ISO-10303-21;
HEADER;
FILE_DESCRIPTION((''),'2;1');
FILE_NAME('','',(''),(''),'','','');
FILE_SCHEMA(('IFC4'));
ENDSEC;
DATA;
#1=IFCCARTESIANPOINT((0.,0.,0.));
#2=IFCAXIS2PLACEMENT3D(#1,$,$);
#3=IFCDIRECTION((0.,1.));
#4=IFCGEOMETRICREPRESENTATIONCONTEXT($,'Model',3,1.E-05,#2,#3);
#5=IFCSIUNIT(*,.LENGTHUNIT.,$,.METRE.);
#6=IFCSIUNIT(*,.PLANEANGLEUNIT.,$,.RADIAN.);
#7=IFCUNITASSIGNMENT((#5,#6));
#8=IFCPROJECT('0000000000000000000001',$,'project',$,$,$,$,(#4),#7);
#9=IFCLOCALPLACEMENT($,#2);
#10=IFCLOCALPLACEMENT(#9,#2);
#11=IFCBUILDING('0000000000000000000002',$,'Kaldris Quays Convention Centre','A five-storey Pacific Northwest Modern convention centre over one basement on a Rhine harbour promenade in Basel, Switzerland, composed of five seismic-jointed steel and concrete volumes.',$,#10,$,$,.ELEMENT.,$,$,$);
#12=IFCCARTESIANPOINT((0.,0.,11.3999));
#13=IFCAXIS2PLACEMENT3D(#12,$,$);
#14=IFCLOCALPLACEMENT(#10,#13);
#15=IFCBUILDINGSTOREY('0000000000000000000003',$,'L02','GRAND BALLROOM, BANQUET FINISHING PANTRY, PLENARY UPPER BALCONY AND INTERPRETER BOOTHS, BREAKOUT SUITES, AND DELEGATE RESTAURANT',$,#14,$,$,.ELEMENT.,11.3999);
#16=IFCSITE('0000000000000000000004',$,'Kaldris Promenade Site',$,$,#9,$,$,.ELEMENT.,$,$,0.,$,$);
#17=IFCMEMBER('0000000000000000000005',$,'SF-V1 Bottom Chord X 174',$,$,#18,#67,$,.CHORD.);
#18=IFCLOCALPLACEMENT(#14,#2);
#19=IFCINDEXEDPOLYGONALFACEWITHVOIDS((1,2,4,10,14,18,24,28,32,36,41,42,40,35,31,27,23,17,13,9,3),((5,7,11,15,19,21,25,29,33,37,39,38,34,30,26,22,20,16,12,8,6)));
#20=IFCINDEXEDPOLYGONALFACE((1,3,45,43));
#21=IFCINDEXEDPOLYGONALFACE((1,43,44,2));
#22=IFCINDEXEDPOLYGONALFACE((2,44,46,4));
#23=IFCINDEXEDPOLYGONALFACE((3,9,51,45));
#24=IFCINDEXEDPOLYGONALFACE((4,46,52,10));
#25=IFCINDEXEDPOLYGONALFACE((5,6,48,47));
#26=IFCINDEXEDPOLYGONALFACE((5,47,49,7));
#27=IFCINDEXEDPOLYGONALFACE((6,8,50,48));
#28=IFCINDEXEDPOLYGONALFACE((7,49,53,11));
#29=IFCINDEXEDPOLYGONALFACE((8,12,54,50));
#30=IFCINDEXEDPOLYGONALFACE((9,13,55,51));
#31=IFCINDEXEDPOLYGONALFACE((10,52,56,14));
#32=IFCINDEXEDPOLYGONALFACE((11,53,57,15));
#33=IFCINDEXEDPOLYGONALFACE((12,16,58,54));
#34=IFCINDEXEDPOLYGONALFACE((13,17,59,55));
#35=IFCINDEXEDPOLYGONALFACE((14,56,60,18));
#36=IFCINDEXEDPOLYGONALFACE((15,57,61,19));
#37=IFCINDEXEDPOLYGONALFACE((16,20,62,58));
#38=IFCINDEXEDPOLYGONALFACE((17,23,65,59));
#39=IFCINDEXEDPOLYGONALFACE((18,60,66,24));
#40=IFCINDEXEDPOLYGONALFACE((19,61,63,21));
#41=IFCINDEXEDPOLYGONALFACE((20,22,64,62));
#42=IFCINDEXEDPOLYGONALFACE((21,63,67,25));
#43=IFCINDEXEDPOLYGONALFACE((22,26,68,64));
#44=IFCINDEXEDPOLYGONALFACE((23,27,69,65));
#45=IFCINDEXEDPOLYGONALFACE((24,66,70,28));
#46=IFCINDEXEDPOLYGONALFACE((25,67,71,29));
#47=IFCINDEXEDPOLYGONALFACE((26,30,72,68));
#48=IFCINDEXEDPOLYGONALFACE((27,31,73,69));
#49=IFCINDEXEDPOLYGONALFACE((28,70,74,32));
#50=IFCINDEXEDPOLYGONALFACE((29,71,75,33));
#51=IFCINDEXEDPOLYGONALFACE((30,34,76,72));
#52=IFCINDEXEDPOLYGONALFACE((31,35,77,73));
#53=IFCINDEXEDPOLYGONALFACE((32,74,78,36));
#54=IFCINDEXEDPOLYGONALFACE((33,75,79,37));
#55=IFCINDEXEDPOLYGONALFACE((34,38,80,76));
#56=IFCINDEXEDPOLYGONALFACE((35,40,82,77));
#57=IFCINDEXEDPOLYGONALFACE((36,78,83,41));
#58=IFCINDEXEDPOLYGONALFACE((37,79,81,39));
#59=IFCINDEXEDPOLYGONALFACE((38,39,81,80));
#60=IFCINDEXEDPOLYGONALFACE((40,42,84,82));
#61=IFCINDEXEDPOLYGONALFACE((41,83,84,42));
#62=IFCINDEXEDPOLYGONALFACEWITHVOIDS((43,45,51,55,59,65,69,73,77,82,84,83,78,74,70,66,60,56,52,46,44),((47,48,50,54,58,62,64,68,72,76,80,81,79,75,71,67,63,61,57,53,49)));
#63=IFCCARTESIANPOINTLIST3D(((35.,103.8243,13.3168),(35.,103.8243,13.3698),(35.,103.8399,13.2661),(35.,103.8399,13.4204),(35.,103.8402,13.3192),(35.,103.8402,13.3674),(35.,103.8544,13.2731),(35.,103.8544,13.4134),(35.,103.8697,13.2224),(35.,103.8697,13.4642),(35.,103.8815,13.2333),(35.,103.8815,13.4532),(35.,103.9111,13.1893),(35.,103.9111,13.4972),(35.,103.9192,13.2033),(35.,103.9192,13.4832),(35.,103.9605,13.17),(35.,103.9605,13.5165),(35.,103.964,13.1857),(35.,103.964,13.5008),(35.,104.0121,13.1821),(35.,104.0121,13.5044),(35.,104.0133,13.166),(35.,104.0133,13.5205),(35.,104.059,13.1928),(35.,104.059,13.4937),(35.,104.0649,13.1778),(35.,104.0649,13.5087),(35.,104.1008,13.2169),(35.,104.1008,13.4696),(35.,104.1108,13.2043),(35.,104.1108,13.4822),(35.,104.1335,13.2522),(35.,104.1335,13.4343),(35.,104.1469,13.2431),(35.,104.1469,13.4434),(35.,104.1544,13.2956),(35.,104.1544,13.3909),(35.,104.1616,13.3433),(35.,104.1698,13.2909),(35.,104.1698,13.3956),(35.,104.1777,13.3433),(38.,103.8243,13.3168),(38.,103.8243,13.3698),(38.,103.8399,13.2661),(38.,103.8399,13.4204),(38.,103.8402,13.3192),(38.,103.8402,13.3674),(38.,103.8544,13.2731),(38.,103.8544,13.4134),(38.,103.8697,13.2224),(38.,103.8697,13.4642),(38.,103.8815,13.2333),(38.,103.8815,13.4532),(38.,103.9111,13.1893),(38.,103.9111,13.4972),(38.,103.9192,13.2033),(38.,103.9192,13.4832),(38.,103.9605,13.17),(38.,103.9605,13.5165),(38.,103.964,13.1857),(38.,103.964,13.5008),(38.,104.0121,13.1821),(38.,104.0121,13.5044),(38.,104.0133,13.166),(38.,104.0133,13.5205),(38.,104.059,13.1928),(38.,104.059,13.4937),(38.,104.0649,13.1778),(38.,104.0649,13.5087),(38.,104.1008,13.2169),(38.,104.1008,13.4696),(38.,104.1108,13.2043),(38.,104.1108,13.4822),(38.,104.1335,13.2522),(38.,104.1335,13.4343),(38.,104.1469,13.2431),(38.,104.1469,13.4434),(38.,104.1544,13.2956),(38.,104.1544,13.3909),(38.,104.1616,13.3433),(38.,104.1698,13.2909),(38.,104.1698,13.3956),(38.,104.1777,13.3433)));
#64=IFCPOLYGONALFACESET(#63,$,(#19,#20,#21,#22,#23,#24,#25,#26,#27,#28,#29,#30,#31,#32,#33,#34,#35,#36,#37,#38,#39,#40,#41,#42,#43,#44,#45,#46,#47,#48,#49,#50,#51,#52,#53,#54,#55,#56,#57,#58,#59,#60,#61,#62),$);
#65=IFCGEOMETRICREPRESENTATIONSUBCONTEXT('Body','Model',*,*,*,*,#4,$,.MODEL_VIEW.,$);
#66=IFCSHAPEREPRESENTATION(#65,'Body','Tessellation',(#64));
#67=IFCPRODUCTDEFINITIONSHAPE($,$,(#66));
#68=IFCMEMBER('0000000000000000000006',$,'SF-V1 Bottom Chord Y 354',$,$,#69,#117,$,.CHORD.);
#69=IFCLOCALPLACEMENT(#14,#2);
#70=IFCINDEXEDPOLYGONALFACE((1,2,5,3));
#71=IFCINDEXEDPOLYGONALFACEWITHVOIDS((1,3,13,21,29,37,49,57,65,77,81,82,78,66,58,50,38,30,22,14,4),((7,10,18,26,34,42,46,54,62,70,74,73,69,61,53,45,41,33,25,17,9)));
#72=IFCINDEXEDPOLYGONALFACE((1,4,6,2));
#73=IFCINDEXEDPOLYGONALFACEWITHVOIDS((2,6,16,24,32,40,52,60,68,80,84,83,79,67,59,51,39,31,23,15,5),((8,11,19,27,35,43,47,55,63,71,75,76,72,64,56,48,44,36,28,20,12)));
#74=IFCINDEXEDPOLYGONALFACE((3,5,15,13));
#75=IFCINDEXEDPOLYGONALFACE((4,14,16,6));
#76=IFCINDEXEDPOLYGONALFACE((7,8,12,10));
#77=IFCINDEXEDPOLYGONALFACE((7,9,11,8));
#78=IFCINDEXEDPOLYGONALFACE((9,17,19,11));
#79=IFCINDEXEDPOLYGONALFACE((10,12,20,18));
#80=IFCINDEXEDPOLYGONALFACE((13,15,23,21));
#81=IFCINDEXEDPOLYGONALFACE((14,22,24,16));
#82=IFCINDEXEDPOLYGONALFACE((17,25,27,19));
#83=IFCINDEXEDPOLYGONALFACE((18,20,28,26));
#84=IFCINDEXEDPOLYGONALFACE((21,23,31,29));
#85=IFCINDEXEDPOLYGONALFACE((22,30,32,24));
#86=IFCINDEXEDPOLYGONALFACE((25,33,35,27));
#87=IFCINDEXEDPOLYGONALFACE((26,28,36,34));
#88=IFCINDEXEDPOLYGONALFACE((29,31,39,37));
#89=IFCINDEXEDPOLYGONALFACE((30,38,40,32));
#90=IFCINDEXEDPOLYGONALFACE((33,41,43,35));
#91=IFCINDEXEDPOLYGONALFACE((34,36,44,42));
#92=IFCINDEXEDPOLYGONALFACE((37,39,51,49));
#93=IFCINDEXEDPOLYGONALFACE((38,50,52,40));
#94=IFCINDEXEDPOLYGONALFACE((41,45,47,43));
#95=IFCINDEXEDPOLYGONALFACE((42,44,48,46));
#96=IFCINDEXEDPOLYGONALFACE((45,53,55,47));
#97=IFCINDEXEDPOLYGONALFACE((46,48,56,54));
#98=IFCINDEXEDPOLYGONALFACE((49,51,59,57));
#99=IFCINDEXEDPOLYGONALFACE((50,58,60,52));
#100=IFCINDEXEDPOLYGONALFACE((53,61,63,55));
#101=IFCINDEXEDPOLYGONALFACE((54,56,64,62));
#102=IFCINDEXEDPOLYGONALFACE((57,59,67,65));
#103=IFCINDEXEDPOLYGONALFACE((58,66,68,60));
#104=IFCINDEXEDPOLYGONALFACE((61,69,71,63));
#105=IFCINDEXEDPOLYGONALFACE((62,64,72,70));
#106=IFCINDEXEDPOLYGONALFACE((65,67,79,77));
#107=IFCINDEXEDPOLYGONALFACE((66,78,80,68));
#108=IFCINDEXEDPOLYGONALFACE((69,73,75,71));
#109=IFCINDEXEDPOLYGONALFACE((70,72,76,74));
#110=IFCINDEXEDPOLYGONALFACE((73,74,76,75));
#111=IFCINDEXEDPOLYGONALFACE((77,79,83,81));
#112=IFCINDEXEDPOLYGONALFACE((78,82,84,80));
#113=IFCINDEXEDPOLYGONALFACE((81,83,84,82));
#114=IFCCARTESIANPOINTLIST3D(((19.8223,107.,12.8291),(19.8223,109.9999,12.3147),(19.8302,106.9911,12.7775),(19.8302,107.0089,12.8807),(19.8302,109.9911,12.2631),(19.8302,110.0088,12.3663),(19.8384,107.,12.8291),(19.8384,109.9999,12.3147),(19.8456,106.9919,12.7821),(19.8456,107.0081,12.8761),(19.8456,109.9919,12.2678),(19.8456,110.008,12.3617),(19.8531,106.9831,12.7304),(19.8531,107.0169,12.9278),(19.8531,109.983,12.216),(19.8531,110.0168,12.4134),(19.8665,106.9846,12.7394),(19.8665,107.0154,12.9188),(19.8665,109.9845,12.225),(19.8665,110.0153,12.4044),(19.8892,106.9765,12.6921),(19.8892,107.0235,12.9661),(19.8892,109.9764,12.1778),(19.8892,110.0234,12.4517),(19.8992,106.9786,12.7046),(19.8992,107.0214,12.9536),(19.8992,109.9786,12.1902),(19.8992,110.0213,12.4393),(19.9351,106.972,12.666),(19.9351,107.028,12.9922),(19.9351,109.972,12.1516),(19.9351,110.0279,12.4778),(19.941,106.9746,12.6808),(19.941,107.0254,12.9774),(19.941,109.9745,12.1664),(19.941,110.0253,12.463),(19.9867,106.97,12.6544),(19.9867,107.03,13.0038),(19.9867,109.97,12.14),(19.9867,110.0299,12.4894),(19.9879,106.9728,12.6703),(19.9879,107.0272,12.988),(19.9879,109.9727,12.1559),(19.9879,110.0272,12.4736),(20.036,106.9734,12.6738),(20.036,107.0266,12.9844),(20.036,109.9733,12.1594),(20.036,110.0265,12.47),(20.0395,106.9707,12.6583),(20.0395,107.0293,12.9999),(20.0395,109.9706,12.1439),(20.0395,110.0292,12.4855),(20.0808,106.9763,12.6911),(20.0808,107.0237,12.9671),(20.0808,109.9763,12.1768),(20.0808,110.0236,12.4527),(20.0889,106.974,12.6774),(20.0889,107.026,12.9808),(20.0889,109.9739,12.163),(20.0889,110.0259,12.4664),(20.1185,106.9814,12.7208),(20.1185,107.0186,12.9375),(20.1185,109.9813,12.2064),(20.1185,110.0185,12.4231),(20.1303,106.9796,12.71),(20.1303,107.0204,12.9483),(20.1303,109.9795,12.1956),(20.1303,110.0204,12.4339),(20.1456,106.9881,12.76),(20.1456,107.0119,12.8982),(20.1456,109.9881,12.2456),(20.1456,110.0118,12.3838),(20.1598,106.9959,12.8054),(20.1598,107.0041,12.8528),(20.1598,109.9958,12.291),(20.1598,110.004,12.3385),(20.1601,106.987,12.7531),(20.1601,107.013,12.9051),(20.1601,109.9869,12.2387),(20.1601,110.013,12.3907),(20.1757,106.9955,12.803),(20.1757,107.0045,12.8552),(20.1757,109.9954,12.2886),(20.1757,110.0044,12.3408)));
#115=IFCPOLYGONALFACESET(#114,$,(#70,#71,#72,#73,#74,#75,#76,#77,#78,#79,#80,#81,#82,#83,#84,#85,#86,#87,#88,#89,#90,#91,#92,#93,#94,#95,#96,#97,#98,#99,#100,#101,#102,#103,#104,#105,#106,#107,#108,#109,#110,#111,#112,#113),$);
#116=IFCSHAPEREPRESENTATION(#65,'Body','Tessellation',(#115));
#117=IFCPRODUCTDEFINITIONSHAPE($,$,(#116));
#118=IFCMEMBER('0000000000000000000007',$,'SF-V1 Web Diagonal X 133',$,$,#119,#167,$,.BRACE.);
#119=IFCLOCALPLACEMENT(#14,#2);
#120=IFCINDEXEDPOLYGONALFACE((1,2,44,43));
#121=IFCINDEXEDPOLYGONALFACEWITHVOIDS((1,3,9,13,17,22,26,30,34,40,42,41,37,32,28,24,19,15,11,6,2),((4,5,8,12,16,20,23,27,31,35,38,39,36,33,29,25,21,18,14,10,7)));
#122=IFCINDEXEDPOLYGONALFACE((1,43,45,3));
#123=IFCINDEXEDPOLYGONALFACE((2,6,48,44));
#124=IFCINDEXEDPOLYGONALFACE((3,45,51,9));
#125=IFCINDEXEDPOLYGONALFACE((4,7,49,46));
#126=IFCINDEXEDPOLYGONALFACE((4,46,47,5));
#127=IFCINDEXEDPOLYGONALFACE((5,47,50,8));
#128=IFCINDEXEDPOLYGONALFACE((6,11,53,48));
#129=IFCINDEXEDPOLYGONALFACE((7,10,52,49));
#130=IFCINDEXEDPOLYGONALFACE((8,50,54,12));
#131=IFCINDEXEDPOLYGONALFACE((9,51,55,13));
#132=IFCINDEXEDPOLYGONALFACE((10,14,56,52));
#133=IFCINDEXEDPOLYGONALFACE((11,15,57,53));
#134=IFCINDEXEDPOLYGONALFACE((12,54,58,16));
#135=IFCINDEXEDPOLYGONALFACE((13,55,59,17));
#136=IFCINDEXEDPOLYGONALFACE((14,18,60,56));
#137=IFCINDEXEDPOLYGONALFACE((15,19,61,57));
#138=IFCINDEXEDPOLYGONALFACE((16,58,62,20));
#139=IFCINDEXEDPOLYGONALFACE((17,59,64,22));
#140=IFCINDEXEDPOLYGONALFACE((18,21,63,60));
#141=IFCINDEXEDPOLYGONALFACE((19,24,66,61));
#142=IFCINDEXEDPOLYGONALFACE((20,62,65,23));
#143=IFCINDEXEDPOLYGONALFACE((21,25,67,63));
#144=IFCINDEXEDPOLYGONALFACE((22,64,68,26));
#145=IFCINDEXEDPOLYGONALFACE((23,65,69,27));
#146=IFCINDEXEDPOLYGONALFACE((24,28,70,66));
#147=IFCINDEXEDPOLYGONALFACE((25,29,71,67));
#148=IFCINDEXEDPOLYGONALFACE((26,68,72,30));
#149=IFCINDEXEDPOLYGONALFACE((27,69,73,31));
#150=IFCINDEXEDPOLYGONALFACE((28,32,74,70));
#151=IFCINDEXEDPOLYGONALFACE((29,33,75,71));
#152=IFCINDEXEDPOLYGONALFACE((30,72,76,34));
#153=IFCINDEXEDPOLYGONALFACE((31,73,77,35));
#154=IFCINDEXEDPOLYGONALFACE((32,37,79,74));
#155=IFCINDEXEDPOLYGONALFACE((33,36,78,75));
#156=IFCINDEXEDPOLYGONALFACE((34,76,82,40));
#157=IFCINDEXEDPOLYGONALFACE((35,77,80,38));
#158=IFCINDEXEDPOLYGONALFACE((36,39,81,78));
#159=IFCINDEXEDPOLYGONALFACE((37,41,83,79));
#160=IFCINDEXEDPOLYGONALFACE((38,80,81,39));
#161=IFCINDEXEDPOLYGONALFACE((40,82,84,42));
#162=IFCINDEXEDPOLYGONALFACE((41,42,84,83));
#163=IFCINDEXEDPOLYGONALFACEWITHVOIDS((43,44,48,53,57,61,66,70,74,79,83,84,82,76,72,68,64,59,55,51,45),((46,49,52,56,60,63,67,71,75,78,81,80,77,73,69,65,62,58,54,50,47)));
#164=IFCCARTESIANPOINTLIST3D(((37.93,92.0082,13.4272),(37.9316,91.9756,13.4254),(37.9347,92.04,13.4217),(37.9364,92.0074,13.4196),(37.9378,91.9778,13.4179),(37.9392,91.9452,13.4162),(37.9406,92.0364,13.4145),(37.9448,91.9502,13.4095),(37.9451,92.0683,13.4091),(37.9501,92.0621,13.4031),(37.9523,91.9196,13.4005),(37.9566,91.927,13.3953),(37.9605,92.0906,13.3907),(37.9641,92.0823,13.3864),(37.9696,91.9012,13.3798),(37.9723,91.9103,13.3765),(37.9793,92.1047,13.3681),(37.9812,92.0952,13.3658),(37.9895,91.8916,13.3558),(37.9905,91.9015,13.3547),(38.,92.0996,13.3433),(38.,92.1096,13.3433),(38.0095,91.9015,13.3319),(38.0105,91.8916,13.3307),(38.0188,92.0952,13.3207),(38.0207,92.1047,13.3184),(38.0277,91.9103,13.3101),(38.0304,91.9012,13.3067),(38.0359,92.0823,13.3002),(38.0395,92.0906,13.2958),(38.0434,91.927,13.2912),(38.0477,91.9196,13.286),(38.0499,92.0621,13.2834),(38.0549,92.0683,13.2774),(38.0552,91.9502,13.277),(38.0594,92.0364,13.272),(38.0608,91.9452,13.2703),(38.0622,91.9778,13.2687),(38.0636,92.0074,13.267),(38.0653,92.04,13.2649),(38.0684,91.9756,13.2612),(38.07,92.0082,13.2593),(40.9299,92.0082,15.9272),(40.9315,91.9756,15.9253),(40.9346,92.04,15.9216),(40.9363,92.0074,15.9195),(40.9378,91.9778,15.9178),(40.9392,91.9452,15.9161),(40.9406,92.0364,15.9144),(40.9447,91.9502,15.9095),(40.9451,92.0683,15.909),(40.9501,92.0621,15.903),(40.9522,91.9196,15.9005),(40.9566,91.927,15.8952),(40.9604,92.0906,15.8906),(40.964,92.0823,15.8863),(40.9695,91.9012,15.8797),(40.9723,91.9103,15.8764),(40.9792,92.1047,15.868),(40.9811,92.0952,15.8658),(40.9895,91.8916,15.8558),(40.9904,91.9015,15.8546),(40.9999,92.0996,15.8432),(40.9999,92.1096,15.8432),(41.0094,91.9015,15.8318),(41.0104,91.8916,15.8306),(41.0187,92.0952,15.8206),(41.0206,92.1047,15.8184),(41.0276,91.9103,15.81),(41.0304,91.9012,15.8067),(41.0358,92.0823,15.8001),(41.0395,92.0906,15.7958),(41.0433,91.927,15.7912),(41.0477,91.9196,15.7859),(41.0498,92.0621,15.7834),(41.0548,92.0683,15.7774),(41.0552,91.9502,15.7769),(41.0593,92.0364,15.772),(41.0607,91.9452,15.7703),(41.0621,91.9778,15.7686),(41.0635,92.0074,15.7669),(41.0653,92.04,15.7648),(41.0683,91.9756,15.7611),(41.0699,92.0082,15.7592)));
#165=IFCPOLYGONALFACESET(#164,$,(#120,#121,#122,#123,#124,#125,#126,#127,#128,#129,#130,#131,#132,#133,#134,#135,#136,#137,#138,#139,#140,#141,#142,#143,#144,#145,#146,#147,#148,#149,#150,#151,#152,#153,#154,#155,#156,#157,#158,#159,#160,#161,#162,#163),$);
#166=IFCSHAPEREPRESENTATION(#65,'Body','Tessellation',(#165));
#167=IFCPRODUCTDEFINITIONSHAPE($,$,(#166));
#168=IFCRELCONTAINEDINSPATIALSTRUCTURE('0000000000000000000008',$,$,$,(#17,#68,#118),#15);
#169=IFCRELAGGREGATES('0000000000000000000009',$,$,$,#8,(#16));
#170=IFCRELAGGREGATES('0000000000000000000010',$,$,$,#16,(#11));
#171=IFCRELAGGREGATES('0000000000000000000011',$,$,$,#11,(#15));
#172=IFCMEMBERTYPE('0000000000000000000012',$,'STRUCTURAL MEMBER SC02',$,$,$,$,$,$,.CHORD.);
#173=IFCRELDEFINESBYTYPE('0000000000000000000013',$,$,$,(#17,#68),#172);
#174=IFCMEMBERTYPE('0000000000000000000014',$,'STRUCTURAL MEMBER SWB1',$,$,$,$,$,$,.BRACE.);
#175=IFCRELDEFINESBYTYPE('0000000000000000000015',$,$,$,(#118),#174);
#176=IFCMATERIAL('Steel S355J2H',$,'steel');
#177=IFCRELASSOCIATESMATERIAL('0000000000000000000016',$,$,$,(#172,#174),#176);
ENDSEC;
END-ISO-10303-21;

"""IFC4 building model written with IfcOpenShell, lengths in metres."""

from ifc_helpers import new_model, si_unit, direction, frame, origin, origin_2d, place, context, subcontext, project, spatial, hollow_circle, extrude, material, material_profile, profile_set, type_object, element, save


model = new_model("IFC4")

# Units and contexts
model_context = context("Model", 3, precision=1e-05, world=origin(), true_north=direction((0.0, 1.0)))
body_context = subcontext(model_context, "Body", "Model", "MODEL_VIEW")
ifc_project = project(units=[si_unit("LENGTHUNIT", "METRE"), si_unit("PLANEANGLEUNIT", "RADIAN")], contexts=[model_context])

# Site, building, storey
site_placement = place(None, origin())
site = spatial("IfcSite", under=ifc_project, at=site_placement, Name="Kaldris Promenade Site", CompositionType="ELEMENT", RefElevation=0.0)
building_placement = place(site_placement, origin())
building = spatial("IfcBuilding", under=site, at=building_placement, Name="Kaldris Quays Convention Centre", Description="A five-storey Pacific Northwest Modern convention centre over one basement on a Rhine harbour promenade in Basel, Switzerland, composed of five seismic-jointed steel and concrete volumes.", CompositionType="ELEMENT")
storey_placement = place(building_placement, frame((0.0, 0.0, 11.3999)))
storey = spatial("IfcBuildingStorey", under=building, at=storey_placement, Name="L02", Description="GRAND BALLROOM, BANQUET FINISHING PANTRY, PLENARY UPPER BALCONY AND INTERPRETER BOOTHS, BREAKOUT SUITES, AND DELEGATE RESTAURANT", CompositionType="ELEMENT", Elevation=11.3999)

# Members
ifc_material_1 = material(Name="Steel S355J2H", Category="steel")
ifc_material_profile_1 = material_profile(ifc_material_1, hollow_circle(Radius=0.1777, WallThickness=0.0161, at=origin_2d()), Name="CHS 355.6x16")
ifc_profile_set_1 = profile_set([ifc_material_profile_1], Name="Steel S355J2H")
member_type_1 = type_object("IfcMemberType", Name="STRUCTURAL MEMBER SC02", PredefinedType="CHORD", material=ifc_profile_set_1)
for number, where, z_axis, x_axis, name in (
    (1, (35.0, 104.0, 13.3433), (1.0, 0.0, 0.0), (0.0, 1.0, 0.0), "SF-V1 Bottom Chord X 174"),
):
    element("IfcMember", number, at=place(storey_placement, frame(where, z_axis=z_axis, x_axis=x_axis)), inside=storey, type_object=member_type_1, Name=name, PredefinedType="CHORD", context=body_context, shape_type="SweptSolid", body=[
        extrude(hollow_circle(Radius=0.1777, WallThickness=0.0161, at=origin_2d()), origin(), (0.0, 0.0, 1.0), 3.0),
    ])
member_1_placement = place(storey_placement, frame((20.0, 107.0, 12.8291), z_axis=(0.0, 0.985616, -0.169002), x_axis=(-1.0, 0.0, 0.0)))
element("IfcMember", 2, at=member_1_placement, inside=storey, type_object=member_type_1, Name="SF-V1 Bottom Chord Y 354", PredefinedType="CHORD", context=body_context, shape_type="SweptSolid", body=[
    extrude(hollow_circle(Radius=0.1777, WallThickness=0.0161, at=origin_2d()), origin(), (0.0, 0.0, 1.0), 3.0437),
])
ifc_material_profile_2 = material_profile(ifc_material_1, hollow_circle(Radius=0.1096, WallThickness=0.01, at=origin_2d()), Name="CHS 219.1x10")
ifc_profile_set_2 = profile_set([ifc_material_profile_2], Name="Steel S355J2H")
member_type_2 = type_object("IfcMemberType", Name="STRUCTURAL MEMBER SWB1", PredefinedType="BRACE", material=ifc_profile_set_2)
for number, where, z_axis, x_axis, name in (
    (3, (38.0, 92.0, 13.3433), (0.768221, 0.0, 0.640184), (0.0, 1.0, 0.0), "SF-V1 Web Diagonal X 133"),
):
    element("IfcMember", number, at=place(storey_placement, frame(where, z_axis=z_axis, x_axis=x_axis)), inside=storey, type_object=member_type_2, Name=name, PredefinedType="BRACE", context=body_context, shape_type="SweptSolid", body=[
        extrude(hollow_circle(Radius=0.1096, WallThickness=0.01, at=origin_2d()), origin(), (0.0, 0.0, 1.0), 3.905),
    ])

save(model, "model.ifc")
